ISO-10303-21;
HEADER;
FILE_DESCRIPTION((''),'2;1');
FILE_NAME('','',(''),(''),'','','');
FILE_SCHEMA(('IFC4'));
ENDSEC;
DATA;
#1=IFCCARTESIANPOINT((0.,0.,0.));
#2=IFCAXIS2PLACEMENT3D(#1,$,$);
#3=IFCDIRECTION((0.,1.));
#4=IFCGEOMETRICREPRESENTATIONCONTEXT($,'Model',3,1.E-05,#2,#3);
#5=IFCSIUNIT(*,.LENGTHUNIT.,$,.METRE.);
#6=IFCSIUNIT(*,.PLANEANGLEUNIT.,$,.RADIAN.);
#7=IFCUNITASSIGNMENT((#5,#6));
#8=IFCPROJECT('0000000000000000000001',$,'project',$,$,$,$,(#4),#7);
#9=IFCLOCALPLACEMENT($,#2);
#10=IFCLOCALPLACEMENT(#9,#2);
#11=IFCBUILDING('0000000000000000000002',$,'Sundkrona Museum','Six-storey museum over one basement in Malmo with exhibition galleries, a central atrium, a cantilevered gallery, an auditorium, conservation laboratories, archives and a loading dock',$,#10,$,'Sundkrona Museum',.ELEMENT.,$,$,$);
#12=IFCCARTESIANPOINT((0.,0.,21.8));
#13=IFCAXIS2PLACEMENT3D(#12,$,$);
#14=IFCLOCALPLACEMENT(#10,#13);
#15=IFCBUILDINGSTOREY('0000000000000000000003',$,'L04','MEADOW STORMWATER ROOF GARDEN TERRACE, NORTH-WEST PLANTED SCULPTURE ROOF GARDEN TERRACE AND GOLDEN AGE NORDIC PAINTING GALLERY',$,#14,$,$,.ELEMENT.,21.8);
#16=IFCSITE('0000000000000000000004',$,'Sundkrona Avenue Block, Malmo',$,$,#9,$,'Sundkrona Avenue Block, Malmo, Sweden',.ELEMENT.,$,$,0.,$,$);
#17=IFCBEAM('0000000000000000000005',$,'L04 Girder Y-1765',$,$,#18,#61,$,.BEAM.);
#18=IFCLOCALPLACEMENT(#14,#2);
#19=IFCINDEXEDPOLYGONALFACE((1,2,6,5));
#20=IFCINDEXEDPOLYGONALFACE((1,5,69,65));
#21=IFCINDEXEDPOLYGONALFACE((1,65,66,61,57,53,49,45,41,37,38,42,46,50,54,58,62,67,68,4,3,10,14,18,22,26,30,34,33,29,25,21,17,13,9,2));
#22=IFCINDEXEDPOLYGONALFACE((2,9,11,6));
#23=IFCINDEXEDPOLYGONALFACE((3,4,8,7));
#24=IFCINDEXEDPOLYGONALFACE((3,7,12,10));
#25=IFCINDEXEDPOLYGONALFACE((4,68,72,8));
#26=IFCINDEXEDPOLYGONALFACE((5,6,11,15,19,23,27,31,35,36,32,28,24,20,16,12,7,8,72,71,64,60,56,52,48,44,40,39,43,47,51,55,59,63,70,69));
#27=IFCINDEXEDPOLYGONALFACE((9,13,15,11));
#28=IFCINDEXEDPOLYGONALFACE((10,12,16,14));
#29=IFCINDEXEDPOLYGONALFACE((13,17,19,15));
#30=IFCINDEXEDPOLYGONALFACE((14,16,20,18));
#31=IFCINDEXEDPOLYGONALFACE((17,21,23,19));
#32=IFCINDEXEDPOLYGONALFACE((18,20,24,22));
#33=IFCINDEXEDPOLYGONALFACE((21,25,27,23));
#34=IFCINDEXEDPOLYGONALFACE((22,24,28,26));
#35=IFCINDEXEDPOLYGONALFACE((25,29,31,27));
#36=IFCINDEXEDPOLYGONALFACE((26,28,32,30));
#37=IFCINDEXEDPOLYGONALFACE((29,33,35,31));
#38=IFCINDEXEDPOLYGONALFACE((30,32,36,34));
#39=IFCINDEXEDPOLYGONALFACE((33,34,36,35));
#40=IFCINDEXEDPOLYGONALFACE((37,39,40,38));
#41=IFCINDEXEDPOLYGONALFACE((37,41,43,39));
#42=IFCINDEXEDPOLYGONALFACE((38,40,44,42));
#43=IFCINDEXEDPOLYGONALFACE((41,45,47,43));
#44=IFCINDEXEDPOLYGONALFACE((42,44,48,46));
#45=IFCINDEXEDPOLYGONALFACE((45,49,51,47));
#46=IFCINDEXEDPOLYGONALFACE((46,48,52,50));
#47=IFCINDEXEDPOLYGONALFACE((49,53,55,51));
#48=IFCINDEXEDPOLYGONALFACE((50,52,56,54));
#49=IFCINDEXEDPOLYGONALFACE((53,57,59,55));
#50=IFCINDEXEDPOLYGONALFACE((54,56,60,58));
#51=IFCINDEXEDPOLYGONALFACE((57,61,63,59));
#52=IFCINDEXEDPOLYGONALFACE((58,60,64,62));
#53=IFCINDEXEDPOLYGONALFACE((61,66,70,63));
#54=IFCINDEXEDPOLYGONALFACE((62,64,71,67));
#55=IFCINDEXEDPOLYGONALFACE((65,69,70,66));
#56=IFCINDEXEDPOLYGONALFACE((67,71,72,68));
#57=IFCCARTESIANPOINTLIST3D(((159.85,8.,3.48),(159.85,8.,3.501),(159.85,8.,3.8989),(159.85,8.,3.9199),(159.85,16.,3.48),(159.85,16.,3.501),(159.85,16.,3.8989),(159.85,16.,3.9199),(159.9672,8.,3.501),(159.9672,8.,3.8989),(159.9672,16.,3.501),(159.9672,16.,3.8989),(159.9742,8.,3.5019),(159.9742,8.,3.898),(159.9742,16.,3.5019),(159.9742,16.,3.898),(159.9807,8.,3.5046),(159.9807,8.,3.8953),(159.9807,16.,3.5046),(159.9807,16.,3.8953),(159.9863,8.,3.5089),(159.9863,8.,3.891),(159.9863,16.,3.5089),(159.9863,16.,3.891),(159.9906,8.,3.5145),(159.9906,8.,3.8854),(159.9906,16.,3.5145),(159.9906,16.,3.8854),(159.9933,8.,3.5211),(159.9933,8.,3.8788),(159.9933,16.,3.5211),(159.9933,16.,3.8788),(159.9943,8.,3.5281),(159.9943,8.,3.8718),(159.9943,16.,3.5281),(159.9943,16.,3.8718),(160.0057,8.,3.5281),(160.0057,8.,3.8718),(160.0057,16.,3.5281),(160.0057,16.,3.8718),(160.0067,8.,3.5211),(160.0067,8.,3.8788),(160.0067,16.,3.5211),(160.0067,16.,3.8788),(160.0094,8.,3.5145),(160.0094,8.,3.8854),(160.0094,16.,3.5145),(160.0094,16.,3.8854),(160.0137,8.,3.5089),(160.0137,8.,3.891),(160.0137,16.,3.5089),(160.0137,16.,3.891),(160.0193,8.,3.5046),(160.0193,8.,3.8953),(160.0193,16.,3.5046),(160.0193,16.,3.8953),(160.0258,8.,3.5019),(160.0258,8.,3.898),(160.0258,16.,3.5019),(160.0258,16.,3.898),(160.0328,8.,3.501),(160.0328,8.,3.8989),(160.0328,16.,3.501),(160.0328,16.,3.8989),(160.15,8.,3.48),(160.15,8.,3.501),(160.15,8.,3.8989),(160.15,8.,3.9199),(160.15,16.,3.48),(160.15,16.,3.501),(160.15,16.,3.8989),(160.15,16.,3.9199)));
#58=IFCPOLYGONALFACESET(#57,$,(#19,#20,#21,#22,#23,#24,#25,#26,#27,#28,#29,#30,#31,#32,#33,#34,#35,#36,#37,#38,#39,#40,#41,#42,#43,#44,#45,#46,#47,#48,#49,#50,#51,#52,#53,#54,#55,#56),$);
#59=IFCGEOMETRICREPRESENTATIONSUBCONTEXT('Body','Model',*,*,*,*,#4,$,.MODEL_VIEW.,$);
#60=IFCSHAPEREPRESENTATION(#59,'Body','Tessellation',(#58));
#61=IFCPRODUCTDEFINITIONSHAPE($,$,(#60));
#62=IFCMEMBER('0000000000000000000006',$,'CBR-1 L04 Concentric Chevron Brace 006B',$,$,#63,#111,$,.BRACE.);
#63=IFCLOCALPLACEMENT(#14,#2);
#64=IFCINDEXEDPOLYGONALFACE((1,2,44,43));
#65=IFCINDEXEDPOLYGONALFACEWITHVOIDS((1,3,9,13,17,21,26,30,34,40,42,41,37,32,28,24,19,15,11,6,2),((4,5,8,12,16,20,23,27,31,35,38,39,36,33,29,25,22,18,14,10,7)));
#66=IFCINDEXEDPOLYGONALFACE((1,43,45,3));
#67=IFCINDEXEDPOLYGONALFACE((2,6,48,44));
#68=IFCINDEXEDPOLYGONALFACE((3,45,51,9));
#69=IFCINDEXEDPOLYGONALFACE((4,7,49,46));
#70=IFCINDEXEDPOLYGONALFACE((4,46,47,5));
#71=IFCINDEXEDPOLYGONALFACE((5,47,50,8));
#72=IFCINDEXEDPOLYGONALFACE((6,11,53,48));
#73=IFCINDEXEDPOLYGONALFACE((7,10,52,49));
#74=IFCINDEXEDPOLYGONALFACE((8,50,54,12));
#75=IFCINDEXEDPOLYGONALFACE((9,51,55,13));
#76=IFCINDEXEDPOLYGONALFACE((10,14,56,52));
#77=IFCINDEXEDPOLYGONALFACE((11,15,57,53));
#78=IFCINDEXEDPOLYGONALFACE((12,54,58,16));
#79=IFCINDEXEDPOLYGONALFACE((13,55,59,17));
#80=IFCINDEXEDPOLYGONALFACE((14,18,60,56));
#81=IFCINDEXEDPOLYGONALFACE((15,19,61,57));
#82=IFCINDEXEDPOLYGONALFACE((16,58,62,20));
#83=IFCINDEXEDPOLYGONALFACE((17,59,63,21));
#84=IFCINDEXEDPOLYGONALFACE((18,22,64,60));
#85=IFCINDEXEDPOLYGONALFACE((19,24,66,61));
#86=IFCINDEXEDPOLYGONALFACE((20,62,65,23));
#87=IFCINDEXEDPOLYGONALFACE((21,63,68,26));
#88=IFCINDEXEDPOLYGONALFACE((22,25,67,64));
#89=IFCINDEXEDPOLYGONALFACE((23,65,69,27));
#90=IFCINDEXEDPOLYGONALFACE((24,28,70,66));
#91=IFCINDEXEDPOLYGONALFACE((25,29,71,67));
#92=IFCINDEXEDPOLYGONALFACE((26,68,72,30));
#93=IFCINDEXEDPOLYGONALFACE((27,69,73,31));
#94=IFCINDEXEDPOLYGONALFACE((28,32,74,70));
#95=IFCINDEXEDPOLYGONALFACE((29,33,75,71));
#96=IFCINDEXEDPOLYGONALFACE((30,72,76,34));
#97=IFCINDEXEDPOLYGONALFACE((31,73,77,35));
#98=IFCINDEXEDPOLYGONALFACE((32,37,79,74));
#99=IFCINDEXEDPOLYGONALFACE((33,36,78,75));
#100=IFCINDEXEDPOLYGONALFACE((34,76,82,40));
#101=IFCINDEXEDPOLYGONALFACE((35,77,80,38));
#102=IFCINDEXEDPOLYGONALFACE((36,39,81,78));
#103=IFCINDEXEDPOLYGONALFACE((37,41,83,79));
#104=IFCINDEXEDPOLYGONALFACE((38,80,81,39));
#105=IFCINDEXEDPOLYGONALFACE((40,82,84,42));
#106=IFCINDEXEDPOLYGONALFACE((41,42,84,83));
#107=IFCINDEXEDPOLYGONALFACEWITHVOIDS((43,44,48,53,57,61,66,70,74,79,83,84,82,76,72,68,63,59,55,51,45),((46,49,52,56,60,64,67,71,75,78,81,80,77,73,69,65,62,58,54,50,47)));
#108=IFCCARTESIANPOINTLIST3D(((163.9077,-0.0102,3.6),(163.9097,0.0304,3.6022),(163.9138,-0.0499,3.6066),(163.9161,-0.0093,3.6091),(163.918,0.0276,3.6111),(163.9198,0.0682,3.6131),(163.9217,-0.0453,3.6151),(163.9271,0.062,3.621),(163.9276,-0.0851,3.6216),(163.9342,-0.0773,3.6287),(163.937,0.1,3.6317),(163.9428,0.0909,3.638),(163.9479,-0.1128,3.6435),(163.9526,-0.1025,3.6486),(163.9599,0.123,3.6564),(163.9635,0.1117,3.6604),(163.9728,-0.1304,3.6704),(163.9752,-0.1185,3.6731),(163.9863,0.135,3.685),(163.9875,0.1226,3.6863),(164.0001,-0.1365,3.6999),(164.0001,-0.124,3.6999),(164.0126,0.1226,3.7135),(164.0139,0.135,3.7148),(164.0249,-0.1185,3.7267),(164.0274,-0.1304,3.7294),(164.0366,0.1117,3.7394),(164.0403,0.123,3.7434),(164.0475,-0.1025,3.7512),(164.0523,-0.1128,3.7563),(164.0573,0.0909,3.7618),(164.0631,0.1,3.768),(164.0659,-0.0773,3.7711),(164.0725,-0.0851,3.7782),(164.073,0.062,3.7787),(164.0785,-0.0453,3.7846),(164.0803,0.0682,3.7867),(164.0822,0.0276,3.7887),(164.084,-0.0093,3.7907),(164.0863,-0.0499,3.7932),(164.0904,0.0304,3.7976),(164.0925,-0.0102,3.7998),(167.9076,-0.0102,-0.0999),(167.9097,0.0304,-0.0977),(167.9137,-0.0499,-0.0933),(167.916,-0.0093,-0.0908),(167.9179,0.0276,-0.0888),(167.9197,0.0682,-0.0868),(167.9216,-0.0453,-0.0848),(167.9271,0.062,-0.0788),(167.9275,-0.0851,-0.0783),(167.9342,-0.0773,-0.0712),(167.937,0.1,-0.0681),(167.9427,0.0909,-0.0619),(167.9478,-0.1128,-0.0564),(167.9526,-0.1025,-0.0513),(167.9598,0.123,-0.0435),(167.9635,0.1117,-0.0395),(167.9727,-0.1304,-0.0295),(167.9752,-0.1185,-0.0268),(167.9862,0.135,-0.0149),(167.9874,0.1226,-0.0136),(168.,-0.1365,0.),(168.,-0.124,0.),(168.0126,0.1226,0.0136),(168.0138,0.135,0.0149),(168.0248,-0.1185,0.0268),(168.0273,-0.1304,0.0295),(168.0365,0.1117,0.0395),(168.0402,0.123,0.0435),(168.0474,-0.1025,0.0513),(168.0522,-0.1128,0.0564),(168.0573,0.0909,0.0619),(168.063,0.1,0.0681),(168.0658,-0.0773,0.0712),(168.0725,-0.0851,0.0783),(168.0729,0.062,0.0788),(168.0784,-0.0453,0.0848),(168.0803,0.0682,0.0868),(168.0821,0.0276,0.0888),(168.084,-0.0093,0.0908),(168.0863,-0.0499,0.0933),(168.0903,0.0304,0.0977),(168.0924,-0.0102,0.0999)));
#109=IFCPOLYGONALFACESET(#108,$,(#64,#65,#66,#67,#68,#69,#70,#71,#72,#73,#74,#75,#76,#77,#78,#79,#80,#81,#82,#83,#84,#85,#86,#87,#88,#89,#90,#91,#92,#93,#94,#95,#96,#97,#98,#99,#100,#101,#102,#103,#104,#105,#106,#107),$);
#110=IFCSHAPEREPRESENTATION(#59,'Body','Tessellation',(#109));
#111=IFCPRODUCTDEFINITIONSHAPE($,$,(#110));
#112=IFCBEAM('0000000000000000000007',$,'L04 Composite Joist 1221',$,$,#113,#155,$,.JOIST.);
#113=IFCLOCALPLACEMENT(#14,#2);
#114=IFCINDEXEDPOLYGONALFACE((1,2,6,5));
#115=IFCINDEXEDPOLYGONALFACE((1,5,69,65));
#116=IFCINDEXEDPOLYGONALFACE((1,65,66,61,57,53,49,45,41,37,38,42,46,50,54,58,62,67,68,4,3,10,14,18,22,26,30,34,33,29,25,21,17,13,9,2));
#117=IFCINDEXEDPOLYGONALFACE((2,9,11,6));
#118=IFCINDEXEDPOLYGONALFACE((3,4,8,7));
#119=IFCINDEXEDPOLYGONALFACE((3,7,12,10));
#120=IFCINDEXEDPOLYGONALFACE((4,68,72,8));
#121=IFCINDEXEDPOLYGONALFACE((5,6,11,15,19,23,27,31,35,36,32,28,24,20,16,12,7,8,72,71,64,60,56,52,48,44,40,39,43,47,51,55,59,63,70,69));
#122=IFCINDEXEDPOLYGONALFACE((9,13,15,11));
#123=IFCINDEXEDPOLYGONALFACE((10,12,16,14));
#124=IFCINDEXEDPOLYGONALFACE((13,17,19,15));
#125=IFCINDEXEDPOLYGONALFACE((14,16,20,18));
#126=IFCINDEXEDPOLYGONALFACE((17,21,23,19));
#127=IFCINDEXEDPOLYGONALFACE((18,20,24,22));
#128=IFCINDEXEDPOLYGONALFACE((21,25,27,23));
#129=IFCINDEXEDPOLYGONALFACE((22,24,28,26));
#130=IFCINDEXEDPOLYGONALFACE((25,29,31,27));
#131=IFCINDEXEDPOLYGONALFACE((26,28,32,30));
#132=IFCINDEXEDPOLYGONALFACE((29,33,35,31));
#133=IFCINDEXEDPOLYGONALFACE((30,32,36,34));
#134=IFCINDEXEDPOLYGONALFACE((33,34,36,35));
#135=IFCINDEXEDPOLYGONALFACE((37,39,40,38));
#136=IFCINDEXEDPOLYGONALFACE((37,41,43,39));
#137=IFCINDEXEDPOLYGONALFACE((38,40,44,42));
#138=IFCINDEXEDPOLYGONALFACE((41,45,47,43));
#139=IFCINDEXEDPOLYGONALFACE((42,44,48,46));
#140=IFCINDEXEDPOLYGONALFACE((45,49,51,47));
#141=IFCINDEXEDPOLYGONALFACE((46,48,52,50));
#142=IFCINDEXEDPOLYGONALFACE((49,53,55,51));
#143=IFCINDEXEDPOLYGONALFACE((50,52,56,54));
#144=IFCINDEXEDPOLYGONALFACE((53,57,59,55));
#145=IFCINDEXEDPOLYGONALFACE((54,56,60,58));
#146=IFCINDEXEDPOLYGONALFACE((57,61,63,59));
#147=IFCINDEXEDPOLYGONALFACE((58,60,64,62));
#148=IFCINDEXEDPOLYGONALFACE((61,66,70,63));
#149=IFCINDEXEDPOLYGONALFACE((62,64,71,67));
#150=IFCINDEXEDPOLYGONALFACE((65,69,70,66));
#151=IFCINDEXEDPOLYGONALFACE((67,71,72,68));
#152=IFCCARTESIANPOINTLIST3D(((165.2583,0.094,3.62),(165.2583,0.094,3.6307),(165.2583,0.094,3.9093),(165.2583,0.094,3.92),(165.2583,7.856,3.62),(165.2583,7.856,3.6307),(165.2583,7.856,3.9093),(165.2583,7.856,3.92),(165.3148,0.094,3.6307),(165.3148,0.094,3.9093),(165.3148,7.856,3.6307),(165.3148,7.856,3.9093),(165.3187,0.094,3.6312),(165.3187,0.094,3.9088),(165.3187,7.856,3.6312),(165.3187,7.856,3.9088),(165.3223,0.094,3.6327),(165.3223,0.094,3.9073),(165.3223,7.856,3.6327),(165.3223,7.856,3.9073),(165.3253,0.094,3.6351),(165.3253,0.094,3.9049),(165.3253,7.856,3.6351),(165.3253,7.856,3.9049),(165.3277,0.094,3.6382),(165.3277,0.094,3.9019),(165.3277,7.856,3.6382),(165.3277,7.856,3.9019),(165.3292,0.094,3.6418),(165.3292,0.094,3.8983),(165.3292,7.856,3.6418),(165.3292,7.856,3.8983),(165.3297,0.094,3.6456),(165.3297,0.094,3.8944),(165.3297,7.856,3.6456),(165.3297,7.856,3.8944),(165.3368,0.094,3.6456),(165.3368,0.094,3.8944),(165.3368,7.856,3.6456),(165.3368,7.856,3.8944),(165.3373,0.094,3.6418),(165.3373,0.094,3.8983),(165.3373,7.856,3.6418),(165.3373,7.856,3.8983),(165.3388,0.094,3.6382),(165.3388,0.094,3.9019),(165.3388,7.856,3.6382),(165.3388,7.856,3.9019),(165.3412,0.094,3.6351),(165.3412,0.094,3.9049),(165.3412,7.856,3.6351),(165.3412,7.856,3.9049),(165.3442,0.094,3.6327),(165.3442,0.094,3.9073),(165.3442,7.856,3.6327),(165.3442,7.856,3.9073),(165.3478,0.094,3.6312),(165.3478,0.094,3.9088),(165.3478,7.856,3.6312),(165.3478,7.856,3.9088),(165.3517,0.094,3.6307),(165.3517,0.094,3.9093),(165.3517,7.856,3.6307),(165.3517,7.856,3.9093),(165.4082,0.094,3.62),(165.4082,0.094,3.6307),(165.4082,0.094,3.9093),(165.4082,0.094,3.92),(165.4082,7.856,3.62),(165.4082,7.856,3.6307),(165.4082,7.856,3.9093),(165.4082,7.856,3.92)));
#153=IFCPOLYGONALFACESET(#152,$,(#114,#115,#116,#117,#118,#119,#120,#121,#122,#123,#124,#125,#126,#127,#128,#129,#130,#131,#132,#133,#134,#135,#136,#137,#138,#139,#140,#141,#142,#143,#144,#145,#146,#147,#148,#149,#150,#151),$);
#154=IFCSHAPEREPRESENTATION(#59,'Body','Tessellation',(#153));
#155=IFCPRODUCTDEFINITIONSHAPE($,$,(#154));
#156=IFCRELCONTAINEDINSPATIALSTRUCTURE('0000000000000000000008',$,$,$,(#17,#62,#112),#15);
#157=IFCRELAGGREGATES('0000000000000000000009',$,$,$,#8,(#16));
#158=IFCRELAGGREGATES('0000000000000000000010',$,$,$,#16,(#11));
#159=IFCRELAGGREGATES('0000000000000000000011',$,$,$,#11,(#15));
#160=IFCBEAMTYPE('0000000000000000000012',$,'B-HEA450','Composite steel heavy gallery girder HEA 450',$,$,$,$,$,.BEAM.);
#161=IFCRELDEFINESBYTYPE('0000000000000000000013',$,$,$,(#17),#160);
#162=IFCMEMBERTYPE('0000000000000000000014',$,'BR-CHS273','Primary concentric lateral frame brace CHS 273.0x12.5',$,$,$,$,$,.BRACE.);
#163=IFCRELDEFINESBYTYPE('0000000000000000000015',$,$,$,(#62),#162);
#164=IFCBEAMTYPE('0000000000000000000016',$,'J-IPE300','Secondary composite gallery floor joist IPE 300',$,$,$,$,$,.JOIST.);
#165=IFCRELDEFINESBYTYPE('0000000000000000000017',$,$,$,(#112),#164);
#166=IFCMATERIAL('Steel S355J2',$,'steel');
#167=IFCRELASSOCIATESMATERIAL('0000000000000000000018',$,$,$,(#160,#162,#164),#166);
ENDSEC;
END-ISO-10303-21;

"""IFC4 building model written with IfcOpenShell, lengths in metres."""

from ifc_helpers import new_model, si_unit, direction, frame, origin, origin_2d, place, context, subcontext, project, spatial, hollow_circle, i_section, extrude, material, material_profile, profile_set, type_object, element, save


model = new_model("IFC4")

# Units and contexts
model_context = context("Model", 3, precision=1e-05, world=origin(), true_north=direction((0.0, 1.0)))
body_context = subcontext(model_context, "Body", "Model", "MODEL_VIEW")
ifc_project = project(units=[si_unit("LENGTHUNIT", "METRE"), si_unit("PLANEANGLEUNIT", "RADIAN")], contexts=[model_context])

# Site, building, storey
site_placement = place(None, origin())
site = spatial("IfcSite", under=ifc_project, at=site_placement, Name="Sundkrona Avenue Block, Malmo", LongName="Sundkrona Avenue Block, Malmo, Sweden", CompositionType="ELEMENT", RefElevation=0.0)
building_placement = place(site_placement, origin())
building = spatial("IfcBuilding", under=site, at=building_placement, Name="Sundkrona Museum", Description="Six-storey museum over one basement in Malmo with exhibition galleries, a central atrium, a cantilevered gallery, an auditorium, conservation laboratories, archives and a loading dock", LongName="Sundkrona Museum", CompositionType="ELEMENT")
storey_placement = place(building_placement, frame((0.0, 0.0, 21.8)))
storey = spatial("IfcBuildingStorey", under=building, at=storey_placement, Name="L04", Description="MEADOW STORMWATER ROOF GARDEN TERRACE, NORTH-WEST PLANTED SCULPTURE ROOF GARDEN TERRACE AND GOLDEN AGE NORDIC PAINTING GALLERY", CompositionType="ELEMENT", Elevation=21.8)

# Shared definitions
ifc_material_1 = material(Name="Steel S355J2", Category="steel")

# Beam
ifc_material_profile_1 = material_profile(ifc_material_1, i_section(OverallWidth=0.3, OverallDepth=0.4399, WebThickness=0.0115, FlangeThickness=0.021, FilletRadius=0.0271, at=origin_2d()), Name="HEA 450")
ifc_profile_set_1 = profile_set([ifc_material_profile_1], Name="Steel S355J2")
beam_type_1 = type_object("IfcBeamType", Name="B-HEA450", Description="Composite steel heavy gallery girder HEA 450", PredefinedType="BEAM", material=ifc_profile_set_1)
for number, where, z_axis, x_axis, name in (
    (1, (160.0, 8.0, 3.7), (0.0, 1.0, 0.0), (-1.0, 0.0, 0.0), "L04 Girder Y-1765"),
):
    element("IfcBeam", number, at=place(storey_placement, frame(where, z_axis=z_axis, x_axis=x_axis)), inside=storey, type_object=beam_type_1, Name=name, PredefinedType="BEAM", context=body_context, shape_type="SweptSolid", body=[
        extrude(i_section(OverallWidth=0.3, OverallDepth=0.4399, WebThickness=0.0115, FlangeThickness=0.021, FilletRadius=0.0271, at=origin_2d()), origin(), (0.0, 0.0, 1.0), 8.0),
    ])

# Member
ifc_material_profile_2 = material_profile(ifc_material_1, hollow_circle(Radius=0.1365, WallThickness=0.0125, at=origin_2d()), Name="CHS 273.0x12.5")
ifc_profile_set_2 = profile_set([ifc_material_profile_2], Name="Steel S355J2")
member_type = type_object("IfcMemberType", Name="BR-CHS273", Description="Primary concentric lateral frame brace CHS 273.0x12.5", PredefinedType="BRACE", material=ifc_profile_set_2)
member_placement = place(storey_placement, frame((168.0, 0.0, 0.0), z_axis=(-0.734104, 0.0, 0.679037), x_axis=(0.0, -1.0, 0.0)))
element("IfcMember", 2, at=member_placement, inside=storey, type_object=member_type, Name="CBR-1 L04 Concentric Chevron Brace 006B", PredefinedType="BRACE", context=body_context, shape_type="SweptSolid", body=[
    extrude(hollow_circle(Radius=0.1365, WallThickness=0.0125, at=origin_2d()), origin(), (0.0, 0.0, 1.0), 5.4487),
])

# Beam
ifc_material_profile_3 = material_profile(ifc_material_1, i_section(OverallWidth=0.1499, OverallDepth=0.3, WebThickness=0.0071, FlangeThickness=0.0107, FilletRadius=0.0149, at=origin_2d()), Name="IPE 300")
ifc_profile_set_3 = profile_set([ifc_material_profile_3], Name="Steel S355J2")
beam_type_2 = type_object("IfcBeamType", Name="J-IPE300", Description="Secondary composite gallery floor joist IPE 300", PredefinedType="JOIST", material=ifc_profile_set_3)
beam_1_placement = place(storey_placement, frame((165.3333, 0.094, 3.77), z_axis=(0.0, 1.0, 0.0), x_axis=(-1.0, 0.0, 0.0)))
element("IfcBeam", 3, at=beam_1_placement, inside=storey, type_object=beam_type_2, Name="L04 Composite Joist 1221", PredefinedType="JOIST", context=body_context, shape_type="SweptSolid", body=[
    extrude(i_section(OverallWidth=0.1499, OverallDepth=0.3, WebThickness=0.0071, FlangeThickness=0.0107, FilletRadius=0.0149, at=origin_2d()), origin(), (0.0, 0.0, 1.0), 7.762),
])

save(model, "model.ifc")
